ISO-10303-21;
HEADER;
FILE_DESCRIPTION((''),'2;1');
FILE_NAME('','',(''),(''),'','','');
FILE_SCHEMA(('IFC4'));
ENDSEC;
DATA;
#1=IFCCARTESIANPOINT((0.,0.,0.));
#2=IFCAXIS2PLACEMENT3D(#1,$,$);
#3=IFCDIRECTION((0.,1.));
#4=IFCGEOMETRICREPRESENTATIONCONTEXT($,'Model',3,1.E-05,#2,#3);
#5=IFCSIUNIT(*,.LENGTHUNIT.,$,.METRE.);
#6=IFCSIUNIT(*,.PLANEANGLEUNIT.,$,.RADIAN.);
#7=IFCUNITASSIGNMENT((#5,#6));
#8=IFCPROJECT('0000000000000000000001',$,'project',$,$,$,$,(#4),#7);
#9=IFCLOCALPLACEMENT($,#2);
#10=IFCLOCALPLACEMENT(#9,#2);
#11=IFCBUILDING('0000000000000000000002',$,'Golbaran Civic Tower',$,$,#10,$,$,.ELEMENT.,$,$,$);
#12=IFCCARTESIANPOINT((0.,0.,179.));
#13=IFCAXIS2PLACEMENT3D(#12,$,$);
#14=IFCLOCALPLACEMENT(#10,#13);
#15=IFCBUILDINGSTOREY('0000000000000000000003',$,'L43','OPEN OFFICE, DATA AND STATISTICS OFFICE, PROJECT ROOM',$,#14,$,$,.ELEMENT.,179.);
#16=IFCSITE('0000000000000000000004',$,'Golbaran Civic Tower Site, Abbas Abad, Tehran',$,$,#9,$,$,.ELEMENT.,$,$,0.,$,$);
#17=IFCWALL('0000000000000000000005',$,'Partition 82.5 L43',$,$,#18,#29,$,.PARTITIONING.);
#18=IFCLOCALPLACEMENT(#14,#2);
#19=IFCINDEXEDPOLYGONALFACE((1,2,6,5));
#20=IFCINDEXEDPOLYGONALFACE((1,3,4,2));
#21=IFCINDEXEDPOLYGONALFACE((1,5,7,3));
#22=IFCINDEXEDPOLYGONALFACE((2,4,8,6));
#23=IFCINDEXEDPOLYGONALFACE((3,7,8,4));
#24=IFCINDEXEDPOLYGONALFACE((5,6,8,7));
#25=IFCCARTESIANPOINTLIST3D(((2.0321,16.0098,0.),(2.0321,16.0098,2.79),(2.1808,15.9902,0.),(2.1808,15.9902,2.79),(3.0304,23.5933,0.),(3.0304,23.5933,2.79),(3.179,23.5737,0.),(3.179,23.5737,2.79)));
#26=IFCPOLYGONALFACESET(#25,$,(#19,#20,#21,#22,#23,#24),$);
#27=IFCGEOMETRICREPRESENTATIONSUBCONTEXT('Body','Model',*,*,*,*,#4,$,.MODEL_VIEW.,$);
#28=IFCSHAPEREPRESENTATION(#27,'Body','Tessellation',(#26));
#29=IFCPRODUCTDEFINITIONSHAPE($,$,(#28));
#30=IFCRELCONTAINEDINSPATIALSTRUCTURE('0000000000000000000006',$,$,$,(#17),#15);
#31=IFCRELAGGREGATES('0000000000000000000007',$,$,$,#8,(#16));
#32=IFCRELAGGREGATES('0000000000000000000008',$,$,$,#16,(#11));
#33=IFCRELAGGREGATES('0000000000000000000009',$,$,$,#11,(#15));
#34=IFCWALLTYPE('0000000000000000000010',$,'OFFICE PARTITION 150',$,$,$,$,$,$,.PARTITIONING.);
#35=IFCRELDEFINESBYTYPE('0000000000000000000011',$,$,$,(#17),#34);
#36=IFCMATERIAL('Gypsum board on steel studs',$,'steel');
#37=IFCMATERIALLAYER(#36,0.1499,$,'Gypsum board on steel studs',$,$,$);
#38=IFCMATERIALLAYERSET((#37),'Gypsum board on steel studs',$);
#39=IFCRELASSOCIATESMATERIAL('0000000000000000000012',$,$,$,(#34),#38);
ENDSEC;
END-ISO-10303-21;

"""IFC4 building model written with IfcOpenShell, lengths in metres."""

from ifc_helpers import new_model, si_unit, direction, frame, frame_2d, origin, place, context, subcontext, project, spatial, rectangle, extrude, material, layer, layer_set, type_object, element, save


model = new_model("IFC4")

# Units and contexts
model_context = context("Model", 3, precision=1e-05, world=origin(), true_north=direction((0.0, 1.0)))
body_context = subcontext(model_context, "Body", "Model", "MODEL_VIEW")
ifc_project = project(units=[si_unit("LENGTHUNIT", "METRE"), si_unit("PLANEANGLEUNIT", "RADIAN")], contexts=[model_context])

# Site, building, storey
site_placement = place(None, origin())
site = spatial("IfcSite", under=ifc_project, at=site_placement, Name="Golbaran Civic Tower Site, Abbas Abad, Tehran", CompositionType="ELEMENT", RefElevation=0.0)
building_placement = place(site_placement, origin())
building = spatial("IfcBuilding", under=site, at=building_placement, Name="Golbaran Civic Tower", CompositionType="ELEMENT")
storey_placement = place(building_placement, frame((0.0, 0.0, 179.0)))
storey = spatial("IfcBuildingStorey", under=building, at=storey_placement, Name="L43", Description="OPEN OFFICE, DATA AND STATISTICS OFFICE, PROJECT ROOM", CompositionType="ELEMENT", Elevation=179.0)

# Shared definitions
ifc_material_1 = material(Name="Gypsum board on steel studs", Category="steel")
ifc_layer_1 = layer(ifc_material_1, 0.1499, Name="Gypsum board on steel studs")
ifc_layer_set_1 = layer_set([ifc_layer_1], Name="Gypsum board on steel studs")
wall_type_1 = type_object("IfcWallType", Name="OFFICE PARTITION 150", PredefinedType="PARTITIONING", material=ifc_layer_set_1)

# Wall
wall_1_placement = place(storey_placement, frame((2.1064, 16.0, 0.0), z_axis=(0.0, 0.0, 1.0), x_axis=(0.130514, 0.991446, 0.0)))
element("IfcWall", 1, at=wall_1_placement, inside=storey, type_object=wall_type_1, Name="Partition 82.5 L43", PredefinedType="PARTITIONING", context=body_context, shape_type="SweptSolid", body=[
    extrude(rectangle(XDim=7.6489, YDim=0.1499, at=frame_2d((3.8245, 0.0))), origin(), (0.0, 0.0, 1.0), 2.79),
])

save(model, "model.ifc")
